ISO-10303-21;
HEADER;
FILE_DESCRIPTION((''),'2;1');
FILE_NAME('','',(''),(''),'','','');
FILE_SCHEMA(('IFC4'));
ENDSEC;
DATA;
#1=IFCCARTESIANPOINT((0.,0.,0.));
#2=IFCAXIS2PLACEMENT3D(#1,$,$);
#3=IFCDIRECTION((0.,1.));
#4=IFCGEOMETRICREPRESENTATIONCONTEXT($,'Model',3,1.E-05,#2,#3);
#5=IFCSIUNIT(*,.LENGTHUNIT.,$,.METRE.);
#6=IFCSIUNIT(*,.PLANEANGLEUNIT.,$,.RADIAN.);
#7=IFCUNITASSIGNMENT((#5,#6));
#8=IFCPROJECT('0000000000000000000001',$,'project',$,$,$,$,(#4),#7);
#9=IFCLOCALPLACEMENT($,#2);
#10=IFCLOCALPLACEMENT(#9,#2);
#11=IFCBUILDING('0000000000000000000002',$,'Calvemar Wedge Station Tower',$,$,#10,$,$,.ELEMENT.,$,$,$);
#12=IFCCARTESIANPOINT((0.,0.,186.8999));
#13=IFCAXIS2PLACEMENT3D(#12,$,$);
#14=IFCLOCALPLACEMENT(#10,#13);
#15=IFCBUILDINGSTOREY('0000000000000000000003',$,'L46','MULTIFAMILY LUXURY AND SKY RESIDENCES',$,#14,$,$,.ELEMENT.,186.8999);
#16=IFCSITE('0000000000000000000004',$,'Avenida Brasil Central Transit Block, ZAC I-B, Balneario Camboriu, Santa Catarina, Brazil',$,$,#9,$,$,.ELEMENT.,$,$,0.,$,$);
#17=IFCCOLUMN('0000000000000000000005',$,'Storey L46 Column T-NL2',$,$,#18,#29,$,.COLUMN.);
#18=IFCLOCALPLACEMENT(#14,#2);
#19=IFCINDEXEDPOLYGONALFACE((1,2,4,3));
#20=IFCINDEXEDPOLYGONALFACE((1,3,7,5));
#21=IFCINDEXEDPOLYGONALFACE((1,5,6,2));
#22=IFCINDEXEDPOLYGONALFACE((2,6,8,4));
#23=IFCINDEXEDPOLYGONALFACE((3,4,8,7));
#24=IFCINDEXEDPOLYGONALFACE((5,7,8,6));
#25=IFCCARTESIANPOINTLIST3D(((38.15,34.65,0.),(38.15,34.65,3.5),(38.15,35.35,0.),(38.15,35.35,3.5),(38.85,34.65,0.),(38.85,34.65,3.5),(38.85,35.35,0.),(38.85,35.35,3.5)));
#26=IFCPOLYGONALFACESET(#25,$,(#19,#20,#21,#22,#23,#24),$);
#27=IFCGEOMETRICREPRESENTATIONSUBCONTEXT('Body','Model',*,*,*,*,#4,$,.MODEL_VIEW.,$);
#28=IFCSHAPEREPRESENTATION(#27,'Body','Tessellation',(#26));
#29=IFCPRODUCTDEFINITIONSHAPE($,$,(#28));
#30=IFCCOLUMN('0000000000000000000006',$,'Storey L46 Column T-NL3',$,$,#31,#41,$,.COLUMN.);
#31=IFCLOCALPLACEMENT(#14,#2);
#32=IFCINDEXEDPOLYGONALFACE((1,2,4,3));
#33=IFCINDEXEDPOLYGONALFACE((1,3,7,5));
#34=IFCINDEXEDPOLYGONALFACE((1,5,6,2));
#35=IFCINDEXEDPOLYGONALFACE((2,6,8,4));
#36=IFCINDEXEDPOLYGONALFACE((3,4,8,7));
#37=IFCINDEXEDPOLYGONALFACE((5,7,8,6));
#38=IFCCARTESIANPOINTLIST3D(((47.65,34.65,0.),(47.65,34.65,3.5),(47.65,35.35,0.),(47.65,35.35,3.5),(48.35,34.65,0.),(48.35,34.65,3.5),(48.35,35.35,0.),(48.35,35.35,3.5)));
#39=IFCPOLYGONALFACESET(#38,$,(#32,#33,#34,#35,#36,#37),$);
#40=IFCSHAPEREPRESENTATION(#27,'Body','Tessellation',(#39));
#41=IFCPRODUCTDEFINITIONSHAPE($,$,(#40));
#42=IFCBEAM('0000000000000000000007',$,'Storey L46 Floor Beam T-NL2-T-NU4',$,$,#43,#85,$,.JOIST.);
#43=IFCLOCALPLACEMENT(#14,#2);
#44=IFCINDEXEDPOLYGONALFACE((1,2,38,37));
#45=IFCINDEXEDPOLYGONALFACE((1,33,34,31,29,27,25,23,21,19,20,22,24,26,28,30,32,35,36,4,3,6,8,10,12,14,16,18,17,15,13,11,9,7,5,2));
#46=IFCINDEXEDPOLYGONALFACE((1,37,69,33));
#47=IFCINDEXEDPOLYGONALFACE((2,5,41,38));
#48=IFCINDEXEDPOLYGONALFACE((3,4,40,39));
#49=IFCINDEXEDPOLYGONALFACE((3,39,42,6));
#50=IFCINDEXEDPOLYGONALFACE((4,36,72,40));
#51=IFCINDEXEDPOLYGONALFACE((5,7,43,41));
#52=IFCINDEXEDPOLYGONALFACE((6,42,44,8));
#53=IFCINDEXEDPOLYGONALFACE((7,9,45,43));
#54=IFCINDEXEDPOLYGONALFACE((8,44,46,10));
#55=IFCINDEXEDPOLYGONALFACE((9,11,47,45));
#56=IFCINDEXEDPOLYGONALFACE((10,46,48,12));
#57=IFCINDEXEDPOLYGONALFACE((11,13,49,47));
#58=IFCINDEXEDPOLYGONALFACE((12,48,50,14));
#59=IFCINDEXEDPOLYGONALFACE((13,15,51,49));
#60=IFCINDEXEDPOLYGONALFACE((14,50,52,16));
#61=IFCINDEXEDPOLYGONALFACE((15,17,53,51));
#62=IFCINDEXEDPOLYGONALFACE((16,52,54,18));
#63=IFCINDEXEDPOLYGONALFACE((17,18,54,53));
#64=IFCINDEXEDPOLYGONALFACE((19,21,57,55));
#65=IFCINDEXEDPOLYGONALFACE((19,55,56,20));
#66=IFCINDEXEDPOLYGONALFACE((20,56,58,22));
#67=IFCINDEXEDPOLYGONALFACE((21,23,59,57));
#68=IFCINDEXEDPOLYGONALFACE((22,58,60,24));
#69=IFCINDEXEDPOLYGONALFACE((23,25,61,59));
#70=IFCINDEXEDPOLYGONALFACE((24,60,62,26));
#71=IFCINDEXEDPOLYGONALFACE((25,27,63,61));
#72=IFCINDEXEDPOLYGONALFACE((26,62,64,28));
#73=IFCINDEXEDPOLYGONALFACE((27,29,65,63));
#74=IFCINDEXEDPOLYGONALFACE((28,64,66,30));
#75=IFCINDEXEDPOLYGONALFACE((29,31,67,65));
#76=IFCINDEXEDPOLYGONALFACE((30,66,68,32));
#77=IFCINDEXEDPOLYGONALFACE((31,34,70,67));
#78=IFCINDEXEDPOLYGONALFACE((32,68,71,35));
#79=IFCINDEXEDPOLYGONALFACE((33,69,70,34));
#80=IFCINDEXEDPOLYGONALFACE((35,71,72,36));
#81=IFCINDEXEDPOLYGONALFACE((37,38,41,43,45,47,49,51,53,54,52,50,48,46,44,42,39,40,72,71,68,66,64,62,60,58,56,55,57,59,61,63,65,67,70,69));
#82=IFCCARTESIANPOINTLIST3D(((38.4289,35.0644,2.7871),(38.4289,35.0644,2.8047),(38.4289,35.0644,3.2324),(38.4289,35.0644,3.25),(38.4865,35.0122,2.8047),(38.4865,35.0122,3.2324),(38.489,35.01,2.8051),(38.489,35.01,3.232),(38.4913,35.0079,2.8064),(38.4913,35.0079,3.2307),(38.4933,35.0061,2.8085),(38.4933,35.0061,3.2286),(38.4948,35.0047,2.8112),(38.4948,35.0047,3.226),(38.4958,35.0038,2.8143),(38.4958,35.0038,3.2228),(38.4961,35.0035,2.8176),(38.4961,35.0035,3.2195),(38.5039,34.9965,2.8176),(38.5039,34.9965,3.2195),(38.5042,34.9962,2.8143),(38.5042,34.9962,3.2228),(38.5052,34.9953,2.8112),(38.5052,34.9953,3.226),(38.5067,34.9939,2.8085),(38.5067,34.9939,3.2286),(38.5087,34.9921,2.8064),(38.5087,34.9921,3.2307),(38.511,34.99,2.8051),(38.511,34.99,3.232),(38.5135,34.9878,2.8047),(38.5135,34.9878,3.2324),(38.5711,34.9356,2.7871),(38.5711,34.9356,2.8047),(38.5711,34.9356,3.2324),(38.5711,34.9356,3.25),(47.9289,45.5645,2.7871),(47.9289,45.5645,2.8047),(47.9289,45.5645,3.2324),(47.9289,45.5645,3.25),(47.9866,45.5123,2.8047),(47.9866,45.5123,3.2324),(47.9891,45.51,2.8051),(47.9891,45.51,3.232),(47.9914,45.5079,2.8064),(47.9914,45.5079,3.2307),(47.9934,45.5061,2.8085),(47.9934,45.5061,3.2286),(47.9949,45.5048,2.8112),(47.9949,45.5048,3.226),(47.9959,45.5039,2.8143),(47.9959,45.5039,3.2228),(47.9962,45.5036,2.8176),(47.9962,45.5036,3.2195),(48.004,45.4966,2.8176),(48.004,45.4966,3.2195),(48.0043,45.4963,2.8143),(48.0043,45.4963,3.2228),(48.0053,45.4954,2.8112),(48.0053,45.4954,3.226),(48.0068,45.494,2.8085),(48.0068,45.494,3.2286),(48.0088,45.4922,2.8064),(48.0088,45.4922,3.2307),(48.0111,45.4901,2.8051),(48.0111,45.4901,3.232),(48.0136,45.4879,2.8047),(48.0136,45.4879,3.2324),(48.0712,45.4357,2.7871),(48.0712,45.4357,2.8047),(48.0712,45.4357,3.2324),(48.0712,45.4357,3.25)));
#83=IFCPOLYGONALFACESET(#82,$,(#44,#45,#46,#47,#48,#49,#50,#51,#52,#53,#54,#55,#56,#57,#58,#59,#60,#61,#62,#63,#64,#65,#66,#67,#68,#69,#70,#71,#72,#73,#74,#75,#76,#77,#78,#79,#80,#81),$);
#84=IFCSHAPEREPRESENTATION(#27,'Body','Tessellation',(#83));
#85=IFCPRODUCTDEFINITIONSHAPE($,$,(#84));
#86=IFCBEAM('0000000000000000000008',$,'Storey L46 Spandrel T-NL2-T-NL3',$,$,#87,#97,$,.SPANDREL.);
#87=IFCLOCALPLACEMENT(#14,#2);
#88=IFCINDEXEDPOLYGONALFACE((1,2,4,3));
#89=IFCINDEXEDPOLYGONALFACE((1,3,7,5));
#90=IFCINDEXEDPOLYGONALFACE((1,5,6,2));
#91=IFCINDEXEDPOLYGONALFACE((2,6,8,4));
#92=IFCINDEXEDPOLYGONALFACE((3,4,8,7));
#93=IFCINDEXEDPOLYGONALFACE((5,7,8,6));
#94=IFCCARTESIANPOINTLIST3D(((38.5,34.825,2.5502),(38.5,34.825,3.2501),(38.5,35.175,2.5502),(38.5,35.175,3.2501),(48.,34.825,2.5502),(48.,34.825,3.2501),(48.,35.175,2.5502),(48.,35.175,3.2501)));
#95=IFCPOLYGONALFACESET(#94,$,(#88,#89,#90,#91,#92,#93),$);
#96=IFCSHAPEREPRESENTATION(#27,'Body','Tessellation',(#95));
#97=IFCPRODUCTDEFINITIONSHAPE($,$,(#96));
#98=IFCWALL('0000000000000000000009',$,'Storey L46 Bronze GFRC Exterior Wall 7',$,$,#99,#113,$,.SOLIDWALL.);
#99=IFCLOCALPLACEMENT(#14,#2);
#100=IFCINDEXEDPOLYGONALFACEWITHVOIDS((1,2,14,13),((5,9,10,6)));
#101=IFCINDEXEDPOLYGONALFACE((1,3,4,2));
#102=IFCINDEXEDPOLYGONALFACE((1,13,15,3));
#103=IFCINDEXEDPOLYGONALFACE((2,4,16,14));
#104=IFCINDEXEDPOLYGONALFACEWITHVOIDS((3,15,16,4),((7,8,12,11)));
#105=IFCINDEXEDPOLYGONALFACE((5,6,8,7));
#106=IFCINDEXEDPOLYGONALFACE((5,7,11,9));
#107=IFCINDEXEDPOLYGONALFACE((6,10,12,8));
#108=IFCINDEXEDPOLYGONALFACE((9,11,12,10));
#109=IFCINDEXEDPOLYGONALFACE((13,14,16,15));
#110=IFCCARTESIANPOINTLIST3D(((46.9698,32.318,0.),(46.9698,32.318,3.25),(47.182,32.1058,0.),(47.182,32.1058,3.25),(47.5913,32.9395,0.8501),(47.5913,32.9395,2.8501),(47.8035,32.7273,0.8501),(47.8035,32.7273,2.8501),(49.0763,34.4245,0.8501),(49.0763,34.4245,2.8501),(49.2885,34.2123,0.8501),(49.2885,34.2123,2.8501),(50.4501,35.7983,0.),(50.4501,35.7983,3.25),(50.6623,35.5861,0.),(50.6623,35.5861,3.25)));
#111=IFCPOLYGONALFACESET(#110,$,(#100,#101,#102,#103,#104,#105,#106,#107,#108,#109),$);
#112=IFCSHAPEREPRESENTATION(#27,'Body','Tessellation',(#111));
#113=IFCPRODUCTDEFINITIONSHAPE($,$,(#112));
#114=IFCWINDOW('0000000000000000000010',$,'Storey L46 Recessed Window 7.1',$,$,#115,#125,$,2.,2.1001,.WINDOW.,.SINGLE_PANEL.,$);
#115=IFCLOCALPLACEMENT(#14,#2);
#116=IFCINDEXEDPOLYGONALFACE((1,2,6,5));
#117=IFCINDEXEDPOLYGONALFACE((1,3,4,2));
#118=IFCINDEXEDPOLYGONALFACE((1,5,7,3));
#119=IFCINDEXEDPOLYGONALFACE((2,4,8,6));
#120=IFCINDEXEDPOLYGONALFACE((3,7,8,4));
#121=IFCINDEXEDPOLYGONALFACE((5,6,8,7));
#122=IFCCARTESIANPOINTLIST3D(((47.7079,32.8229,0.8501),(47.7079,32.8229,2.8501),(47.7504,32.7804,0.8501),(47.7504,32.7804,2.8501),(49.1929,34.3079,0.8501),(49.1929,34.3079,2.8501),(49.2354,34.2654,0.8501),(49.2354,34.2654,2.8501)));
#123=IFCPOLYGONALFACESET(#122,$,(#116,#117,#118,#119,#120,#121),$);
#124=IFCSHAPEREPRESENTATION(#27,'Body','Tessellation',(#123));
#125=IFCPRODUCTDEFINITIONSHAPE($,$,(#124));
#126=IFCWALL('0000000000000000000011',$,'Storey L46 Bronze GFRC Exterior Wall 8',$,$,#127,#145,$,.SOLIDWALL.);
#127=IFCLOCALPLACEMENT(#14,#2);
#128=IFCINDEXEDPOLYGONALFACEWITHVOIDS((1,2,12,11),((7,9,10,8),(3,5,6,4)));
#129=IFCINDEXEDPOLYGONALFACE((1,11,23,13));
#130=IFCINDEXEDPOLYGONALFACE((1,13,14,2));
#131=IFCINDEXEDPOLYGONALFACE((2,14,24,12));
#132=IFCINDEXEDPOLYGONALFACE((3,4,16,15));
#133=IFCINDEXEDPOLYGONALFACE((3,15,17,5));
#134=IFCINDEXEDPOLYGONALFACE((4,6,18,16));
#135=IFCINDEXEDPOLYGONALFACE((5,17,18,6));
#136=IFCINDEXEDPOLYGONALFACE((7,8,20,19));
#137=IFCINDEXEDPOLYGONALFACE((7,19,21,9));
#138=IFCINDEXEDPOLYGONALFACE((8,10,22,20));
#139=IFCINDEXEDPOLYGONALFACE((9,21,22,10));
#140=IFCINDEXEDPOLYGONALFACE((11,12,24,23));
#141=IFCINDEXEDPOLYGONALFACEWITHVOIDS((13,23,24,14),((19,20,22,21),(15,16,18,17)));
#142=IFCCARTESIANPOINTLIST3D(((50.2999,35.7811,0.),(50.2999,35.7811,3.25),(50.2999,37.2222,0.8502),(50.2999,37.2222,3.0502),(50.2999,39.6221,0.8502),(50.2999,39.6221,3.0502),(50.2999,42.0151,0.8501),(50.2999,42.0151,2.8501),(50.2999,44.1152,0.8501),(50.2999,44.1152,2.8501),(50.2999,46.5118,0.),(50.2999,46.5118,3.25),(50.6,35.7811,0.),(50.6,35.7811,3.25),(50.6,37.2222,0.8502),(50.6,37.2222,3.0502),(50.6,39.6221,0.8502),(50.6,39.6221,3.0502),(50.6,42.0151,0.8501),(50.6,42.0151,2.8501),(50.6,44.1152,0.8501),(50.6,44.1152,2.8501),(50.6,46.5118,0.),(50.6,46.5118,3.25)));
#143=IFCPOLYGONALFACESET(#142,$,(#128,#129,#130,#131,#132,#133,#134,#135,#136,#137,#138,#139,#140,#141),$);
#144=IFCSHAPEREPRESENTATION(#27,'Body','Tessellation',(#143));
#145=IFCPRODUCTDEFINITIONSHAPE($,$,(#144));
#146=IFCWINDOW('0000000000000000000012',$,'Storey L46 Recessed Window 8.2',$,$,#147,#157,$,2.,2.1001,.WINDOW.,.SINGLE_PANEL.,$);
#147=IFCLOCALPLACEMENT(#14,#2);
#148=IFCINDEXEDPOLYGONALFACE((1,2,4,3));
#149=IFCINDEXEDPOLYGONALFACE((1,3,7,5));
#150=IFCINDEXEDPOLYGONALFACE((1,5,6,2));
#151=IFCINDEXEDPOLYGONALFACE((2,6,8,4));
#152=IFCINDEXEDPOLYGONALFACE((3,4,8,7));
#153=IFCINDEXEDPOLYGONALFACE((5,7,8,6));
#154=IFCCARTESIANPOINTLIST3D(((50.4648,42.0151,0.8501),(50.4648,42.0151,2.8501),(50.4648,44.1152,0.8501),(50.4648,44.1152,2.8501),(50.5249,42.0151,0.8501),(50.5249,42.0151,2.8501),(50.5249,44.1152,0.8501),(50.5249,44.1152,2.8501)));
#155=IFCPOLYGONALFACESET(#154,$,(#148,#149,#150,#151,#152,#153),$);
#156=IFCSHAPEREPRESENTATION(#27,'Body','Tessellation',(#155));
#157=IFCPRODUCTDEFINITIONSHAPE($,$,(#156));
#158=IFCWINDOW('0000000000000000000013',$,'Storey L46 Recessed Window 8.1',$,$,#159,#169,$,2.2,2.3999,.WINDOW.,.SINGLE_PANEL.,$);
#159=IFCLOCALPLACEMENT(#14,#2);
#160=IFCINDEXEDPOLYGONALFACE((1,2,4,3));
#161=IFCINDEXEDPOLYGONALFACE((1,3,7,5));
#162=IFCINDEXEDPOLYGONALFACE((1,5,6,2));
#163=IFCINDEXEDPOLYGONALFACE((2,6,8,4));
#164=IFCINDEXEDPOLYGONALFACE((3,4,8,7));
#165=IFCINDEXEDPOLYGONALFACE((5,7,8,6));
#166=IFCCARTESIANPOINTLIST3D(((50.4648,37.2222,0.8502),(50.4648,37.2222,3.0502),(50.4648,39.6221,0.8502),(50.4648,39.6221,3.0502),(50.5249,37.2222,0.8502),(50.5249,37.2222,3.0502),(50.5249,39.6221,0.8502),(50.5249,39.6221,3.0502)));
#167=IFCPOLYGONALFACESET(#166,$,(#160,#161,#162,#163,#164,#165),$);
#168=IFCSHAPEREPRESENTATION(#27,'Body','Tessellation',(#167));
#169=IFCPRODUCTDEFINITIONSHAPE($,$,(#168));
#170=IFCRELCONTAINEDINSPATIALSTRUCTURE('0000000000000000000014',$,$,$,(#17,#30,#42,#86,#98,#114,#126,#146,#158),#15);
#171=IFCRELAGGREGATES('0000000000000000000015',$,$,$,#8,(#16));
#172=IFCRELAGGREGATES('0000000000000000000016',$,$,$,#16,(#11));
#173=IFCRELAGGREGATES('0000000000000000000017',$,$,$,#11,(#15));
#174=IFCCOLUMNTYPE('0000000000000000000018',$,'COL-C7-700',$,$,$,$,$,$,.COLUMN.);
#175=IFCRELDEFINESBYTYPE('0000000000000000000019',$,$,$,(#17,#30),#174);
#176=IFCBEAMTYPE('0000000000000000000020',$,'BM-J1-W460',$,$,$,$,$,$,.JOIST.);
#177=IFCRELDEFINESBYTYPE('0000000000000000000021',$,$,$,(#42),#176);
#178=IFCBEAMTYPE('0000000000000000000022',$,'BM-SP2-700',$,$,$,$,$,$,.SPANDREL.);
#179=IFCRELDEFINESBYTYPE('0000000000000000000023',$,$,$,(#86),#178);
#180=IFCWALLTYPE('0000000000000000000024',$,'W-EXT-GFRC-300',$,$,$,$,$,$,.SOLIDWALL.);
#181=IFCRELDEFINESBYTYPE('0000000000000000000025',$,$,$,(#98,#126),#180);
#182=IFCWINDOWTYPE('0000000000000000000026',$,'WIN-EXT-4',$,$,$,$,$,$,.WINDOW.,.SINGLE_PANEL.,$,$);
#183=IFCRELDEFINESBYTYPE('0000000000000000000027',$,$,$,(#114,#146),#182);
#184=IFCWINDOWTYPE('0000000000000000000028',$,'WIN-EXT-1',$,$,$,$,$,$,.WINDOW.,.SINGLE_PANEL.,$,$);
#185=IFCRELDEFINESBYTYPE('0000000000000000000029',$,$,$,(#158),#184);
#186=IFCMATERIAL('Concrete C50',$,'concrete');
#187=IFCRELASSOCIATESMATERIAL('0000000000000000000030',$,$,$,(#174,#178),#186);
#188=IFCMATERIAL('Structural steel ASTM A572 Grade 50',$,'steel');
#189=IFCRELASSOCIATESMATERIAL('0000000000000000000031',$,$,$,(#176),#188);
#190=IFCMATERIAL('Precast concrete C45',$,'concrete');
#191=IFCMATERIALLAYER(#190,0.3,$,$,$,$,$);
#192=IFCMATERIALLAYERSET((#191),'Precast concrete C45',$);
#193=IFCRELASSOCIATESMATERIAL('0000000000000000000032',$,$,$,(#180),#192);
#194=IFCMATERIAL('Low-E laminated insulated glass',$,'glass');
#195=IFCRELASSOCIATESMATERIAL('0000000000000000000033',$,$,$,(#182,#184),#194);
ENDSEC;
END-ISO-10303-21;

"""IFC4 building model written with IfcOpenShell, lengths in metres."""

from ifc_helpers import new_model, si_unit, direction, frame, frame_2d, origin, origin_2d, place, context, subcontext, project, spatial, rectangle, i_section, extrude, source, transform, mapped, material, layer, layer_set, material_profile, profile_set, type_object, element, fill, save


model = new_model("IFC4")

# Units and contexts
model_context = context("Model", 3, precision=1e-05, world=origin(), true_north=direction((0.0, 1.0)))
body_context = subcontext(model_context, "Body", "Model", "MODEL_VIEW")
ifc_project = project(units=[si_unit("LENGTHUNIT", "METRE"), si_unit("PLANEANGLEUNIT", "RADIAN")], contexts=[model_context])

# Site, building, storey
site_placement = place(None, origin())
site = spatial("IfcSite", under=ifc_project, at=site_placement, Name="Avenida Brasil Central Transit Block, ZAC I-B, Balneario Camboriu, Santa Catarina, Brazil", CompositionType="ELEMENT", RefElevation=0.0)
building_placement = place(site_placement, origin())
building = spatial("IfcBuilding", under=site, at=building_placement, Name="Calvemar Wedge Station Tower", CompositionType="ELEMENT")
storey_placement = place(building_placement, frame((0.0, 0.0, 186.8999)))
storey = spatial("IfcBuildingStorey", under=building, at=storey_placement, Name="L46", Description="MULTIFAMILY LUXURY AND SKY RESIDENCES", CompositionType="ELEMENT", Elevation=186.8999)

# Columns
ifc_material_1 = material(Name="Concrete C50", Category="concrete")
ifc_material_profile_1 = material_profile(ifc_material_1, rectangle(XDim=0.7, YDim=0.7, at=origin_2d()), Name="RC700x700")
ifc_profile_set_1 = profile_set([ifc_material_profile_1], Name="Concrete C50")
column_type = type_object("IfcColumnType", Name="COL-C7-700", PredefinedType="COLUMN", material=ifc_profile_set_1)
shared_shape_1 = source(origin(), body_context, "Body", "SweptSolid", [
    extrude(rectangle(XDim=0.7, YDim=0.7, at=origin_2d()), origin(), (0.0, 0.0, 1.0), 3.5),
])
for number, where, z_axis, x_axis, name in (
    (1, (38.5, 35.0, 0.0), (0.0, 0.0, 1.0), (1.0, 0.0, 0.0), "Storey L46 Column T-NL2"),
    (2, (48.0, 35.0, 0.0), (0.0, 0.0, 1.0), (1.0, 0.0, 0.0), "Storey L46 Column T-NL3"),
):
    element("IfcColumn", number, at=place(storey_placement, frame(where, z_axis=z_axis, x_axis=x_axis)), inside=storey, type_object=column_type, Name=name, PredefinedType="COLUMN", context=body_context, shape_type="MappedRepresentation", body=[
        mapped(shared_shape_1, transform((0.0, 0.0, 0.0), scale=1.0)),
    ])

# Beams
ifc_material_2 = material(Name="Structural steel ASTM A572 Grade 50", Category="steel")
ifc_material_profile_2 = material_profile(ifc_material_2, i_section(OverallWidth=0.1919, OverallDepth=0.4629, WebThickness=0.0105, FlangeThickness=0.0176, FilletRadius=0.0129, at=origin_2d()), Name="W460x89")
ifc_profile_set_2 = profile_set([ifc_material_profile_2], Name="Structural steel ASTM A572 Grade 50")
beam_type_1 = type_object("IfcBeamType", Name="BM-J1-W460", PredefinedType="JOIST", material=ifc_profile_set_2)
shared_shape_2 = source(origin(), body_context, "Body", "SweptSolid", [
    extrude(i_section(OverallWidth=0.1919, OverallDepth=0.4629, WebThickness=0.0105, FlangeThickness=0.0176, FilletRadius=0.0129, at=origin_2d()), origin(), (0.0, 0.0, 1.0), 14.1599),
])
beam_1_placement = place(storey_placement, frame((38.5, 35.0, 3.0186), z_axis=(0.670913, 0.741536, 0.0), x_axis=(-0.741536, 0.670913, 0.0)))
element("IfcBeam", 3, at=beam_1_placement, inside=storey, type_object=beam_type_1, Name="Storey L46 Floor Beam T-NL2-T-NU4", PredefinedType="JOIST", context=body_context, shape_type="MappedRepresentation", body=[
    mapped(shared_shape_2, transform((0.0, 0.0, 0.0), scale=1.0)),
])
ifc_material_profile_3 = material_profile(ifc_material_1, rectangle(XDim=0.3501, YDim=0.7, at=origin_2d()), Name="RC350x700")
ifc_profile_set_3 = profile_set([ifc_material_profile_3], Name="Concrete C50")
beam_type_2 = type_object("IfcBeamType", Name="BM-SP2-700", PredefinedType="SPANDREL", material=ifc_profile_set_3)
shared_shape_3 = source(origin(), body_context, "Body", "SweptSolid", [
    extrude(rectangle(XDim=0.3501, YDim=0.7, at=origin_2d()), origin(), (0.0, 0.0, 1.0), 9.5),
])
beam_2_placement = place(storey_placement, frame((38.5, 35.0, 2.9001), z_axis=(1.0, 0.0, 0.0), x_axis=(0.0, 1.0, 0.0)))
element("IfcBeam", 4, at=beam_2_placement, inside=storey, type_object=beam_type_2, Name="Storey L46 Spandrel T-NL2-T-NL3", PredefinedType="SPANDREL", context=body_context, shape_type="MappedRepresentation", body=[
    mapped(shared_shape_3, transform((0.0, 0.0, 0.0), scale=1.0)),
])

# Wall, opening, window
ifc_material_3 = material(Name="Precast concrete C45", Category="concrete")
ifc_layer_1 = layer(ifc_material_3, 0.3)
ifc_layer_set_1 = layer_set([ifc_layer_1], Name="Precast concrete C45")
wall_type_1 = type_object("IfcWallType", Name="W-EXT-GFRC-300", PredefinedType="SOLIDWALL", material=ifc_layer_set_1)
wall_1_placement = place(storey_placement, frame((47.0759, 32.2119, 0.0), z_axis=(0.0, 0.0, 1.0), x_axis=(0.707107, 0.707107, 0.0)))
wall_1 = element("IfcWall", 5, at=wall_1_placement, inside=storey, type_object=wall_type_1, Name="Storey L46 Bronze GFRC Exterior Wall 7", PredefinedType="SOLIDWALL", context=body_context, shape_type="SweptSolid", body=[
    extrude(rectangle(XDim=4.9219, YDim=0.3, at=frame_2d((2.4609, 0.0))), origin(), (0.0, 0.0, 1.0), 3.25),
])
shared_shape_4 = source(origin(), body_context, "Body", "SweptSolid", [
    extrude(rectangle(XDim=2.1001, YDim=2.0, at=frame_2d((1.05, 1.0))), frame((0.0, 0.1602, 0.0), z_axis=(0.0, -1.0, 0.0), x_axis=(1.0, 0.0, 0.0)), (0.0, 0.0, 1.0), 0.3201),
])
opening_1_placement = place(wall_1_placement, frame((0.8789, 0.0, 0.8501)))
opening_1 = element("IfcOpeningElement", 6, at=opening_1_placement, cuts=wall_1, PredefinedType="OPENING", context=body_context, shape_type="MappedRepresentation", body=[
    mapped(shared_shape_4, transform((0.0, 0.0, 0.0), scale=1.0)),
])
ifc_material_4 = material(Name="Low-E laminated insulated glass", Category="glass")
window_type_1 = type_object("IfcWindowType", Name="WIN-EXT-4", PartitioningType="SINGLE_PANEL", PredefinedType="WINDOW", material=ifc_material_4)
shared_shape_5 = source(origin(), body_context, "Body", "SweptSolid", [
    extrude(rectangle(XDim=2.1001, YDim=2.0, at=frame_2d((1.05, 1.0))), frame((0.0, -0.0149, 0.0), z_axis=(0.0, -1.0, 0.0), x_axis=(1.0, 0.0, 0.0)), (0.0, 0.0, 1.0), 0.0601),
])
window_1_placement = place(opening_1_placement, origin())
window_1 = element("IfcWindow", 7, at=window_1_placement, inside=storey, type_object=window_type_1, Name="Storey L46 Recessed Window 7.1", OverallHeight=2.0, OverallWidth=2.1001, PartitioningType="SINGLE_PANEL", PredefinedType="WINDOW", context=body_context, shape_type="MappedRepresentation", body=[
    mapped(shared_shape_5, transform((0.0, 0.0, 0.0), scale=1.0)),
])
fill(opening_1, window_1)

# Wall, openings, windows
wall_2_placement = place(storey_placement, frame((50.45, 35.7812, 0.0), z_axis=(0.0, 0.0, 1.0), x_axis=(0.0, 1.0, 0.0)))
wall_2 = element("IfcWall", 8, at=wall_2_placement, inside=storey, type_object=wall_type_1, Name="Storey L46 Bronze GFRC Exterior Wall 8", PredefinedType="SOLIDWALL", context=body_context, shape_type="SweptSolid", body=[
    extrude(rectangle(XDim=10.7307, YDim=0.3, at=frame_2d((5.3652, 0.0))), origin(), (0.0, 0.0, 1.0), 3.25),
])
shared_shape_6 = source(origin(), body_context, "Body", "SweptSolid", [
    extrude(rectangle(XDim=2.3999, YDim=2.2, at=frame_2d((1.2, 1.1001))), frame((0.0, 0.1602, 0.0), z_axis=(0.0, -1.0, 0.0), x_axis=(1.0, 0.0, 0.0)), (0.0, 0.0, 1.0), 0.3201),
])
opening_2_placement = place(wall_2_placement, frame((1.4409, 0.0, 0.8501)))
opening_2 = element("IfcOpeningElement", 9, at=opening_2_placement, cuts=wall_2, PredefinedType="OPENING", context=body_context, shape_type="MappedRepresentation", body=[
    mapped(shared_shape_6, transform((0.0, 0.0, 0.0), scale=1.0)),
])
opening_3_placement = place(wall_2_placement, frame((6.2339, 0.0, 0.8501)))
opening_3 = element("IfcOpeningElement", 10, at=opening_3_placement, cuts=wall_2, PredefinedType="OPENING", context=body_context, shape_type="MappedRepresentation", body=[
    mapped(shared_shape_4, transform((0.0, 0.0, 0.0), scale=1.0)),
])
window_2_placement = place(opening_3_placement, origin())
window_2 = element("IfcWindow", 11, at=window_2_placement, inside=storey, type_object=window_type_1, Name="Storey L46 Recessed Window 8.2", OverallHeight=2.0, OverallWidth=2.1001, PartitioningType="SINGLE_PANEL", PredefinedType="WINDOW", context=body_context, shape_type="MappedRepresentation", body=[
    mapped(shared_shape_5, transform((0.0, 0.0, 0.0), scale=1.0)),
])
fill(opening_3, window_2)
window_type_2 = type_object("IfcWindowType", Name="WIN-EXT-1", PartitioningType="SINGLE_PANEL", PredefinedType="WINDOW", material=ifc_material_4)
shared_shape_7 = source(origin(), body_context, "Body", "SweptSolid", [
    extrude(rectangle(XDim=2.3999, YDim=2.2, at=frame_2d((1.2, 1.1001))), frame((0.0, -0.0149, 0.0), z_axis=(0.0, -1.0, 0.0), x_axis=(1.0, 0.0, 0.0)), (0.0, 0.0, 1.0), 0.0601),
])
window_3_placement = place(opening_2_placement, origin())
window_3 = element("IfcWindow", 12, at=window_3_placement, inside=storey, type_object=window_type_2, Name="Storey L46 Recessed Window 8.1", OverallHeight=2.2, OverallWidth=2.3999, PartitioningType="SINGLE_PANEL", PredefinedType="WINDOW", context=body_context, shape_type="MappedRepresentation", body=[
    mapped(shared_shape_7, transform((0.0, 0.0, 0.0), scale=1.0)),
])
fill(opening_2, window_3)

save(model, "model.ifc")
